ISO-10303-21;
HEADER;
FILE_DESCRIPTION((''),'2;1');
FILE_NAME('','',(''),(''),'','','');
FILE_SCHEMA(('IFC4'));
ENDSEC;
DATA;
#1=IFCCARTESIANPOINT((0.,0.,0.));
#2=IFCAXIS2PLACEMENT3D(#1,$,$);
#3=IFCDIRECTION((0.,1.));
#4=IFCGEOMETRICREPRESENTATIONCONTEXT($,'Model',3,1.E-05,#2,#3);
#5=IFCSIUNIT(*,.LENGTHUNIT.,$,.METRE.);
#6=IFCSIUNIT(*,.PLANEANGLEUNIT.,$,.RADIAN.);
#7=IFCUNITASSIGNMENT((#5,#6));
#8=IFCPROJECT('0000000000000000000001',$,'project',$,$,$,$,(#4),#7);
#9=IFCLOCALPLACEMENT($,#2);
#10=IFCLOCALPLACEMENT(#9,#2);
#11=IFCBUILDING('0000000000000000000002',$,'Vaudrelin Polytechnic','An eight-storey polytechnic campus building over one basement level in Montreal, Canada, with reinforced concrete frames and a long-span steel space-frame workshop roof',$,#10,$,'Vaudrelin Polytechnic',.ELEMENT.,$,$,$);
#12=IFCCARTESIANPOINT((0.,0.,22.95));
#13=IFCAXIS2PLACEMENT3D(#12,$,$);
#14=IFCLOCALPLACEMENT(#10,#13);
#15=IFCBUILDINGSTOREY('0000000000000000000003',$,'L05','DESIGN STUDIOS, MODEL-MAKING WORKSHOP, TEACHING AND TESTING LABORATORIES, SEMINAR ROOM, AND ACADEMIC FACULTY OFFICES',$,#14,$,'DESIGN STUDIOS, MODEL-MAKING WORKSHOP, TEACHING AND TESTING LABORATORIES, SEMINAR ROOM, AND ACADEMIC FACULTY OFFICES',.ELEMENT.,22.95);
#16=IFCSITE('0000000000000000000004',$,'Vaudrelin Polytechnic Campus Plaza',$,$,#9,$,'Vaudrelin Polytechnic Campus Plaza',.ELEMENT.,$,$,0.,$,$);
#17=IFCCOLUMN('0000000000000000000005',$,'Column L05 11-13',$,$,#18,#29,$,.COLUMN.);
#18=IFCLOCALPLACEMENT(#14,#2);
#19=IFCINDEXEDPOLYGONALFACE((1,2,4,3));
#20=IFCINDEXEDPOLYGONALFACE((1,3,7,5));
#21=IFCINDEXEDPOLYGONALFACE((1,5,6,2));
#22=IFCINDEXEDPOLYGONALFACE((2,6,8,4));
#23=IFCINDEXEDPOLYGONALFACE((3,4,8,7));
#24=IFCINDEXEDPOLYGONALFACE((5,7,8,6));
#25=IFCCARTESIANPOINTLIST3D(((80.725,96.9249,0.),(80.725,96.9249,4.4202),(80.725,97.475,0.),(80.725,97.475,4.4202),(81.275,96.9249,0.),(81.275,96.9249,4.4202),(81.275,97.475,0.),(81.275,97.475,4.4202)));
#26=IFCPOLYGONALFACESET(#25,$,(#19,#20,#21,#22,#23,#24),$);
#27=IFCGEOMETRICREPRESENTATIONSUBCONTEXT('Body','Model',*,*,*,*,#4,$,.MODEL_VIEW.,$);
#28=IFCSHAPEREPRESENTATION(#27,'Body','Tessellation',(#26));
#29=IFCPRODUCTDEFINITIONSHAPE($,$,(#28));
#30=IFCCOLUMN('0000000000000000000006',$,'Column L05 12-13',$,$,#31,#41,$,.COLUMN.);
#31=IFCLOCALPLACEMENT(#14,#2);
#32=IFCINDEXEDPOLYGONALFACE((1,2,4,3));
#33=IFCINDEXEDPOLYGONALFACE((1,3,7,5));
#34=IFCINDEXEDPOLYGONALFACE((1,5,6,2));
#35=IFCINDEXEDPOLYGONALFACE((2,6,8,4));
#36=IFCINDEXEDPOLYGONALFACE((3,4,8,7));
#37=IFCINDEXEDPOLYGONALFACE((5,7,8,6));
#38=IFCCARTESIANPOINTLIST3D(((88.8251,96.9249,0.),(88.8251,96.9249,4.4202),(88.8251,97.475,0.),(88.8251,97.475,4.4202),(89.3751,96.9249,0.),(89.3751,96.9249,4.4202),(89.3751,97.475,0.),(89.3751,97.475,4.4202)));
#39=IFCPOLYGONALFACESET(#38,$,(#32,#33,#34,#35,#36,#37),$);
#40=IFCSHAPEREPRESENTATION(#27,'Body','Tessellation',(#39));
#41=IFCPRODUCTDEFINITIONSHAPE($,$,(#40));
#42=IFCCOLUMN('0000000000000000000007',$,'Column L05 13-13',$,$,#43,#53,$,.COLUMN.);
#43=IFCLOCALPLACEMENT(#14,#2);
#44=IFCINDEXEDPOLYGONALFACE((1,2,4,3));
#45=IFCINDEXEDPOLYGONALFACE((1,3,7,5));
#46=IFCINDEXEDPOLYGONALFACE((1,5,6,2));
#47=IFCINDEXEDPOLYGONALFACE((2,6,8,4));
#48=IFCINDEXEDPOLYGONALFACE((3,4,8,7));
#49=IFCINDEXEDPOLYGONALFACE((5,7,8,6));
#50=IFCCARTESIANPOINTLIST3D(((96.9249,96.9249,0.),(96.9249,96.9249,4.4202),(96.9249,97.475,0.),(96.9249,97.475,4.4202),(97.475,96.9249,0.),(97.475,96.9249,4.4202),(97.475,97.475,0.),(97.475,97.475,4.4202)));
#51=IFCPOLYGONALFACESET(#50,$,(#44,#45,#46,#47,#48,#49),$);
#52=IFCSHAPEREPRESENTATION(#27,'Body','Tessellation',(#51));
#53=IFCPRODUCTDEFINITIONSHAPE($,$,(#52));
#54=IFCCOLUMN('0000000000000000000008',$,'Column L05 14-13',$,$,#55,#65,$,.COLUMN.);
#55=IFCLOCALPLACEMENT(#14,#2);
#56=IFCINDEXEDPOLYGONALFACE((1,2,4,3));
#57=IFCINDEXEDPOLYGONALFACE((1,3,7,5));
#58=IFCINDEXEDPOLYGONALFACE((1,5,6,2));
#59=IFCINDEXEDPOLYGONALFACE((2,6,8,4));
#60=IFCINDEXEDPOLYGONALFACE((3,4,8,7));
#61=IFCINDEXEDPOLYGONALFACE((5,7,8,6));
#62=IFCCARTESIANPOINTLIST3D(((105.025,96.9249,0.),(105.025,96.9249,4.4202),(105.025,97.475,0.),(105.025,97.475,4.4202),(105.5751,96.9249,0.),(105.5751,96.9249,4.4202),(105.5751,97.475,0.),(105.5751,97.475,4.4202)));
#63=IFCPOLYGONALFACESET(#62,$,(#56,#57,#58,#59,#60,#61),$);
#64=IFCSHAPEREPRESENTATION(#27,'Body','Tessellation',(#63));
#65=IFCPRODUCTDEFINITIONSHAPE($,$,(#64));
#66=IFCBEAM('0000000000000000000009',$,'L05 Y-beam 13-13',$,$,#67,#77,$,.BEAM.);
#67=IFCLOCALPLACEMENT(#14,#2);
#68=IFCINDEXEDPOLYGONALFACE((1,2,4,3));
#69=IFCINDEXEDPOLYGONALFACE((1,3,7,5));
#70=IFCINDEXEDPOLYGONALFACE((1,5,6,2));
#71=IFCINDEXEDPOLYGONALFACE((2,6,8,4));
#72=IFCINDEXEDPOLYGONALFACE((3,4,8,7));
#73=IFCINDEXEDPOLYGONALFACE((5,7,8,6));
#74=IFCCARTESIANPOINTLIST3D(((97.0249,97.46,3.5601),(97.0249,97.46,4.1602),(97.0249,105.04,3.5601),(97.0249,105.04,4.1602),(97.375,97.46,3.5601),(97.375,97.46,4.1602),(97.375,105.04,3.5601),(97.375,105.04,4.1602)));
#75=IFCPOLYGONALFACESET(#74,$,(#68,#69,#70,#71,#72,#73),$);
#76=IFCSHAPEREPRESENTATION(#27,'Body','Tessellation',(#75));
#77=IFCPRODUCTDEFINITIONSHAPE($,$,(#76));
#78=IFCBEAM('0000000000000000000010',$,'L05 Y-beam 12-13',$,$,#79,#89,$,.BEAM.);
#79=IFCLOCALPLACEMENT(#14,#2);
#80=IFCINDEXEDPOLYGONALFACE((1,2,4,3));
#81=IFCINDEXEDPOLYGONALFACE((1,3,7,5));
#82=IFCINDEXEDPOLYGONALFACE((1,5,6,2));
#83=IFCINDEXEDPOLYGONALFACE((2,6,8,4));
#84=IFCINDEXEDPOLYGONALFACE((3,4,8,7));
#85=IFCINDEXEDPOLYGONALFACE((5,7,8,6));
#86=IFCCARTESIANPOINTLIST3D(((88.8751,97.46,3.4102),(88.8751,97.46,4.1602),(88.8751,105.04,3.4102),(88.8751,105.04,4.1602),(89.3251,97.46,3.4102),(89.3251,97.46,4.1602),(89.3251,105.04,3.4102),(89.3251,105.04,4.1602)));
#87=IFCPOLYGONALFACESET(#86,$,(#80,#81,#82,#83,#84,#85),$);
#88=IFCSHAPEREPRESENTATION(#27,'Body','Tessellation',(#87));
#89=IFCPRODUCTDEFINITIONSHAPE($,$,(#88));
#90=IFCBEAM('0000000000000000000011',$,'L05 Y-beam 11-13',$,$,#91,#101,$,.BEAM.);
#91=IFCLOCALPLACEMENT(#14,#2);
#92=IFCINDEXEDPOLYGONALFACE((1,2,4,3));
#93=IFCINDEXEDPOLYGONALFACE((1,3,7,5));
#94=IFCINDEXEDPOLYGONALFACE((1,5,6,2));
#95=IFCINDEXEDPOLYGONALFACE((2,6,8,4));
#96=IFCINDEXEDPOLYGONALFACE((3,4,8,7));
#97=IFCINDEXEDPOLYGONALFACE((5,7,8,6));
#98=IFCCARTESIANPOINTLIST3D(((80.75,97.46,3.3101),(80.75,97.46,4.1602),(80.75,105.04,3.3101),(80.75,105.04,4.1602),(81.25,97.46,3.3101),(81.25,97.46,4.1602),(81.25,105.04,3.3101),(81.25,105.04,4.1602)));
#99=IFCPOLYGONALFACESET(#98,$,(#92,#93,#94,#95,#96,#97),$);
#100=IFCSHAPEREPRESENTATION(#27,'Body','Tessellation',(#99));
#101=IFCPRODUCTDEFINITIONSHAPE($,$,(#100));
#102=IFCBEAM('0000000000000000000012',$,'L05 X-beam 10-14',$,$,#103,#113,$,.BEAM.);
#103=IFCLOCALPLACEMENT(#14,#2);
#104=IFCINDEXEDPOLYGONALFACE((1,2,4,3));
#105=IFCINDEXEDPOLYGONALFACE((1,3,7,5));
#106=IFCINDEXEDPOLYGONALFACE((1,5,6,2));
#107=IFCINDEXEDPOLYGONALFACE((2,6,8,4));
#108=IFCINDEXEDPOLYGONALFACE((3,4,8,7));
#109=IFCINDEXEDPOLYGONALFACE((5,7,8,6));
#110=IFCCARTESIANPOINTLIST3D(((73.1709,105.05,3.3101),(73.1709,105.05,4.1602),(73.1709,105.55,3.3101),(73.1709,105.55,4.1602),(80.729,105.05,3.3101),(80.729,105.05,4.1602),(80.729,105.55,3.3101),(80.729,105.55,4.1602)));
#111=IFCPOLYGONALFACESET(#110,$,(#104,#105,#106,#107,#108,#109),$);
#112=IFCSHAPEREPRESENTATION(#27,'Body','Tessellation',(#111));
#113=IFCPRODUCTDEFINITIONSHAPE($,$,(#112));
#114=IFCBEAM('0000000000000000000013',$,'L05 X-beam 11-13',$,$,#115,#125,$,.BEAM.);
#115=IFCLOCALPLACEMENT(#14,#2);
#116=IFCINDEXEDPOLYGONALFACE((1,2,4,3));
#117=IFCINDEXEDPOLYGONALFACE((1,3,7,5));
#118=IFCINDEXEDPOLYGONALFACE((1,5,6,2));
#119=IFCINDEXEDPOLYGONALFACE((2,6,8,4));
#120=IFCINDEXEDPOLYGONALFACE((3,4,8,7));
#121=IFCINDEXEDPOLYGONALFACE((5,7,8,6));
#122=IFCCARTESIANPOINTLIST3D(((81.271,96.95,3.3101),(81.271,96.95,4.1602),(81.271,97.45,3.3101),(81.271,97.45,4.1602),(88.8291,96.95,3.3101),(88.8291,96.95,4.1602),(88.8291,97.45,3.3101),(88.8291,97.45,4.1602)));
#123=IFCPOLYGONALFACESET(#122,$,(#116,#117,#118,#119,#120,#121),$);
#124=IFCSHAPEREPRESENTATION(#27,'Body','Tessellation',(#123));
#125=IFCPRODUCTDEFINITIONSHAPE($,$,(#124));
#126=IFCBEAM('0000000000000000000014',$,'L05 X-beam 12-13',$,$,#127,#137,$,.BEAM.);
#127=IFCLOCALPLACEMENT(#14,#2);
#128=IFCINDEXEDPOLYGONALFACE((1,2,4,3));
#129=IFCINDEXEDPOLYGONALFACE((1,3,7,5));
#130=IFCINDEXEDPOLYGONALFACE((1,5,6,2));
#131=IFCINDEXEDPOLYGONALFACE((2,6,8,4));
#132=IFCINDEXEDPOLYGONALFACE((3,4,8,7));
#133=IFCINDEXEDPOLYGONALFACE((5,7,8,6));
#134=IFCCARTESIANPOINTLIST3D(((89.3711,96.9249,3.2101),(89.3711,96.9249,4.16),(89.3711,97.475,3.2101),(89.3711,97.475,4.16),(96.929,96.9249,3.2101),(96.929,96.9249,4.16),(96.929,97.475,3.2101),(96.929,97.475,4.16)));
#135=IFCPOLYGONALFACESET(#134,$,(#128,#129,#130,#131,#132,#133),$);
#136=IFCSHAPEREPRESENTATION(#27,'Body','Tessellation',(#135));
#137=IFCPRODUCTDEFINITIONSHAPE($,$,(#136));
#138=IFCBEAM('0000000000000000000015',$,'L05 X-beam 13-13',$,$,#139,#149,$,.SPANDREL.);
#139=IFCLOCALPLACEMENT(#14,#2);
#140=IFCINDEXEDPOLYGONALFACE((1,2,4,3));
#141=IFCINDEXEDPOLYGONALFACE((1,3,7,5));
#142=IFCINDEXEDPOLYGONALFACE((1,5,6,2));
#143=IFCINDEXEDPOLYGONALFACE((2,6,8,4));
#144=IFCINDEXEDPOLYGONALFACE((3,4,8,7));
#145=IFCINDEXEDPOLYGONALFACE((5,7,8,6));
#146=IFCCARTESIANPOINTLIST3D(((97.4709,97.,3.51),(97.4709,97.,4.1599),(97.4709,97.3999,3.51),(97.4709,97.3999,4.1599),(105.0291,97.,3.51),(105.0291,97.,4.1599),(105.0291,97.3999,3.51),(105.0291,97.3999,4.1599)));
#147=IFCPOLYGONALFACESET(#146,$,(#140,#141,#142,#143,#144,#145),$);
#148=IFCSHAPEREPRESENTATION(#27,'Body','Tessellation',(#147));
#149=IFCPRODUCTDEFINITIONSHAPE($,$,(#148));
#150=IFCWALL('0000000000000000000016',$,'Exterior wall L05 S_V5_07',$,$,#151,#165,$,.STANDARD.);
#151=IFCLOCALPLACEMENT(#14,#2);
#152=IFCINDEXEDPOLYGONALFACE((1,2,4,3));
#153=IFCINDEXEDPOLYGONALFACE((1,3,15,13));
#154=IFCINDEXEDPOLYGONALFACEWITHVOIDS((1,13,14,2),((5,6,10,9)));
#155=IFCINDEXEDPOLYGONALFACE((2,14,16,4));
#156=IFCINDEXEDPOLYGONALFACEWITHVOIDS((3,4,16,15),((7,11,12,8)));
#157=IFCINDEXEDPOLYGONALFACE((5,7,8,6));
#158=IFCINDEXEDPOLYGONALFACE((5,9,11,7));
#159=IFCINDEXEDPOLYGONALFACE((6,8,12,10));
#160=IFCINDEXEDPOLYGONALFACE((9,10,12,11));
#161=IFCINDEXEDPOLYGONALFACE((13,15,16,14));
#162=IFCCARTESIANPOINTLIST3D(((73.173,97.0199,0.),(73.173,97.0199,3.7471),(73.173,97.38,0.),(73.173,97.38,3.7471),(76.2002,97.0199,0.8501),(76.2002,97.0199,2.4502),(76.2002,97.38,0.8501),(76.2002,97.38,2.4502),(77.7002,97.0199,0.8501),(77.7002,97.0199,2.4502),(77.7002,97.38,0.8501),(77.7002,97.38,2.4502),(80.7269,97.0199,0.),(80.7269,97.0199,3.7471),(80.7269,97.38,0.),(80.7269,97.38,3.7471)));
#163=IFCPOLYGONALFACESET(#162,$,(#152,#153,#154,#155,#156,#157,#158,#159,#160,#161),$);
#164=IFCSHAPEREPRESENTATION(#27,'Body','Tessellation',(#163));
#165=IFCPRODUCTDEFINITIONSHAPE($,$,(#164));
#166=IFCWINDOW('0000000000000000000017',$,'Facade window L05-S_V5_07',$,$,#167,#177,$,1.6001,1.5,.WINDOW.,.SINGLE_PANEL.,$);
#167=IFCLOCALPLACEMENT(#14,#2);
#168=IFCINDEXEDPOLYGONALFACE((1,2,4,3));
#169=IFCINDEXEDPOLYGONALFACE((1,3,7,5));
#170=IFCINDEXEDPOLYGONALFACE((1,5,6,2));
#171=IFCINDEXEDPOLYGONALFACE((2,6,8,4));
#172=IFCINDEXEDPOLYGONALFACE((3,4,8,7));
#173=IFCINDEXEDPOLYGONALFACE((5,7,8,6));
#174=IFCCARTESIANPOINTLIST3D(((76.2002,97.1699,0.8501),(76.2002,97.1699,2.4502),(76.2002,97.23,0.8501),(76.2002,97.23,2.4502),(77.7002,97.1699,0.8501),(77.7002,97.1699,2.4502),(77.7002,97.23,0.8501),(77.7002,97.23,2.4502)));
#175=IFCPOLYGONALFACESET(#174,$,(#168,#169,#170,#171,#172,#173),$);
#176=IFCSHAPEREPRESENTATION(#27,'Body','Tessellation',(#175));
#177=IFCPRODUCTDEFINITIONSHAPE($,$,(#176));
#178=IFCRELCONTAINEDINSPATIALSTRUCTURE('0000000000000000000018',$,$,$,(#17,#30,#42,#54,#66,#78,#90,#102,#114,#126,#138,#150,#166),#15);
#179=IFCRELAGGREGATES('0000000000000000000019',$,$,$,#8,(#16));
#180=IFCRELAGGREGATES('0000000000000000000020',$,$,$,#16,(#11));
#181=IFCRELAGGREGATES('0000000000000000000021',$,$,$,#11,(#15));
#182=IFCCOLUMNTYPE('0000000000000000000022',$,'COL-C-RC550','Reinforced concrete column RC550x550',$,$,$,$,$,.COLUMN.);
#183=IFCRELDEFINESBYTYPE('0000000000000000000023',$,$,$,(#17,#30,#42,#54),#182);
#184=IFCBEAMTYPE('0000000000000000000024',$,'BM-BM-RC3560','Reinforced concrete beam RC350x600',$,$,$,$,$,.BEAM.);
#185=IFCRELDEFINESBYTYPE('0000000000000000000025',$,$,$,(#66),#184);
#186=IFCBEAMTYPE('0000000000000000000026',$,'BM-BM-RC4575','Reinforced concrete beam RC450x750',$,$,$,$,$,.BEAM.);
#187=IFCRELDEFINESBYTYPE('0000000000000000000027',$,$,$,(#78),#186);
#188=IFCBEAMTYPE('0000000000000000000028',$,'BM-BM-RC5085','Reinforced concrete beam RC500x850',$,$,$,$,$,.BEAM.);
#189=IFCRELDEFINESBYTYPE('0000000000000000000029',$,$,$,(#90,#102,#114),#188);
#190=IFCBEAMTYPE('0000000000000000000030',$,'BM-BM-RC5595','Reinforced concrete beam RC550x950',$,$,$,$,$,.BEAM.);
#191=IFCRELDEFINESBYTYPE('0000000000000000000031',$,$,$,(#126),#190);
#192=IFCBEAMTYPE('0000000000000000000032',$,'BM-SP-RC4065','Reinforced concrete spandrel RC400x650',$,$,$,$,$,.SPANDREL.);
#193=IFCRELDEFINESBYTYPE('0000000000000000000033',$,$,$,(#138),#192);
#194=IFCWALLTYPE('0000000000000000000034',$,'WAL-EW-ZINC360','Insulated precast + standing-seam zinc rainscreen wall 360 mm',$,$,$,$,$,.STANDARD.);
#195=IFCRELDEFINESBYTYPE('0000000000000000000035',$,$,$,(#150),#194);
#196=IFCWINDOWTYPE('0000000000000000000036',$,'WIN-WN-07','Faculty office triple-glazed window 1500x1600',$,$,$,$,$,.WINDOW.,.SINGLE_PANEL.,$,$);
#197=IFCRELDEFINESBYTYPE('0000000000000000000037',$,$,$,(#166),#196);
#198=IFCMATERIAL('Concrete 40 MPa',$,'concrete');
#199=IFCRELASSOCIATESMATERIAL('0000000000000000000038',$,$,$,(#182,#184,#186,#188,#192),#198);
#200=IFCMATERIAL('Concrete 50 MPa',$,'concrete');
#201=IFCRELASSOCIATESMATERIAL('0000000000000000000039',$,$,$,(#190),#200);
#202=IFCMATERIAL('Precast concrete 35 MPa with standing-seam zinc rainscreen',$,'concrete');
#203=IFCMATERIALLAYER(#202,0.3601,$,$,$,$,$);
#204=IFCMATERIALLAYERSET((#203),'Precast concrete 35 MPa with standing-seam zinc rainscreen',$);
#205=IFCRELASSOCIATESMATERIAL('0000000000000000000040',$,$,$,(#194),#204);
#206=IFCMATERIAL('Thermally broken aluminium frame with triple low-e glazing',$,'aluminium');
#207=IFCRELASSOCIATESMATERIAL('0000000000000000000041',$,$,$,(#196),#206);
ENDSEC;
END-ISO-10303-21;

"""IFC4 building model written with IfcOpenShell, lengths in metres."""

from ifc_helpers import new_model, si_unit, direction, frame, frame_2d, origin, origin_2d, place, context, subcontext, project, spatial, rectangle, extrude, material, layer, layer_set, material_profile, profile_set, type_object, element, fill, save


model = new_model("IFC4")

# Units and contexts
model_context = context("Model", 3, precision=1e-05, world=origin(), true_north=direction((0.0, 1.0)))
body_context = subcontext(model_context, "Body", "Model", "MODEL_VIEW")
ifc_project = project(units=[si_unit("LENGTHUNIT", "METRE"), si_unit("PLANEANGLEUNIT", "RADIAN")], contexts=[model_context])

# Site, building, storey
site_placement = place(None, origin())
site = spatial("IfcSite", under=ifc_project, at=site_placement, Name="Vaudrelin Polytechnic Campus Plaza", LongName="Vaudrelin Polytechnic Campus Plaza", CompositionType="ELEMENT", RefElevation=0.0)
building_placement = place(site_placement, origin())
building = spatial("IfcBuilding", under=site, at=building_placement, Name="Vaudrelin Polytechnic", Description="An eight-storey polytechnic campus building over one basement level in Montreal, Canada, with reinforced concrete frames and a long-span steel space-frame workshop roof", LongName="Vaudrelin Polytechnic", CompositionType="ELEMENT")
storey_placement = place(building_placement, frame((0.0, 0.0, 22.95)))
storey = spatial("IfcBuildingStorey", under=building, at=storey_placement, Name="L05", Description="DESIGN STUDIOS, MODEL-MAKING WORKSHOP, TEACHING AND TESTING LABORATORIES, SEMINAR ROOM, AND ACADEMIC FACULTY OFFICES", LongName="DESIGN STUDIOS, MODEL-MAKING WORKSHOP, TEACHING AND TESTING LABORATORIES, SEMINAR ROOM, AND ACADEMIC FACULTY OFFICES", CompositionType="ELEMENT", Elevation=22.95)

# Columns
ifc_material_1 = material(Name="Concrete 40 MPa", Category="concrete")
ifc_material_profile_1 = material_profile(ifc_material_1, rectangle(XDim=0.55, YDim=0.55, at=origin_2d()), Name="RC550x550")
ifc_profile_set_1 = profile_set([ifc_material_profile_1], Name="Concrete 40 MPa")
column_type = type_object("IfcColumnType", Name="COL-C-RC550", Description="Reinforced concrete column RC550x550", PredefinedType="COLUMN", material=ifc_profile_set_1)
for number, where, z_axis, x_axis, name in (
    (1, (81.0, 97.2, 0.0), (0.0, 0.0, 1.0), (1.0, 0.0, 0.0), "Column L05 11-13"),
    (2, (89.1001, 97.2, 0.0), (0.0, 0.0, 1.0), (1.0, 0.0, 0.0), "Column L05 12-13"),
    (3, (97.2, 97.2, 0.0), (0.0, 0.0, 1.0), (1.0, 0.0, 0.0), "Column L05 13-13"),
    (4, (105.3, 97.2, 0.0), (0.0, 0.0, 1.0), (1.0, 0.0, 0.0), "Column L05 14-13"),
):
    element("IfcColumn", number, at=place(storey_placement, frame(where, z_axis=z_axis, x_axis=x_axis)), inside=storey, type_object=column_type, Name=name, PredefinedType="COLUMN", context=body_context, shape_type="SweptSolid", body=[
        extrude(rectangle(XDim=0.55, YDim=0.55, at=origin_2d()), origin(), (0.0, 0.0, 1.0), 4.4202),
    ])

# Beams
ifc_material_profile_2 = material_profile(ifc_material_1, rectangle(XDim=0.3501, YDim=0.6001, at=origin_2d()), Name="RC350x600")
ifc_profile_set_2 = profile_set([ifc_material_profile_2], Name="Concrete 40 MPa")
beam_type_1 = type_object("IfcBeamType", Name="BM-BM-RC3560", Description="Reinforced concrete beam RC350x600", PredefinedType="BEAM", material=ifc_profile_set_2)
beam_1_placement = place(storey_placement, frame((97.2, 97.46, 3.8601), z_axis=(0.0, 1.0, 0.0), x_axis=(-1.0, 0.0, 0.0)))
element("IfcBeam", 5, at=beam_1_placement, inside=storey, type_object=beam_type_1, Name="L05 Y-beam 13-13", PredefinedType="BEAM", context=body_context, shape_type="SweptSolid", body=[
    extrude(rectangle(XDim=0.3501, YDim=0.6001, at=origin_2d()), origin(), (0.0, 0.0, 1.0), 7.5801),
])
ifc_material_profile_3 = material_profile(ifc_material_1, rectangle(XDim=0.45, YDim=0.75, at=origin_2d()), Name="RC450x750")
ifc_profile_set_3 = profile_set([ifc_material_profile_3], Name="Concrete 40 MPa")
beam_type_2 = type_object("IfcBeamType", Name="BM-BM-RC4575", Description="Reinforced concrete beam RC450x750", PredefinedType="BEAM", material=ifc_profile_set_3)
beam_2_placement = place(storey_placement, frame((89.1001, 97.46, 3.7852), z_axis=(0.0, 1.0, 0.0), x_axis=(-1.0, 0.0, 0.0)))
element("IfcBeam", 6, at=beam_2_placement, inside=storey, type_object=beam_type_2, Name="L05 Y-beam 12-13", PredefinedType="BEAM", context=body_context, shape_type="SweptSolid", body=[
    extrude(rectangle(XDim=0.45, YDim=0.75, at=origin_2d()), origin(), (0.0, 0.0, 1.0), 7.5801),
])
ifc_material_profile_4 = material_profile(ifc_material_1, rectangle(XDim=0.5, YDim=0.8501, at=origin_2d()), Name="RC500x850")
ifc_profile_set_4 = profile_set([ifc_material_profile_4], Name="Concrete 40 MPa")
beam_type_3 = type_object("IfcBeamType", Name="BM-BM-RC5085", Description="Reinforced concrete beam RC500x850", PredefinedType="BEAM", material=ifc_profile_set_4)
beam_3_placement = place(storey_placement, frame((81.0, 97.46, 3.7351), z_axis=(0.0, 1.0, 0.0), x_axis=(-1.0, 0.0, 0.0)))
element("IfcBeam", 7, at=beam_3_placement, inside=storey, type_object=beam_type_3, Name="L05 Y-beam 11-13", PredefinedType="BEAM", context=body_context, shape_type="SweptSolid", body=[
    extrude(rectangle(XDim=0.5, YDim=0.8501, at=origin_2d()), origin(), (0.0, 0.0, 1.0), 7.5801),
])
for number, where, z_axis, x_axis, name in (
    (8, (73.1709, 105.3, 3.7351), (1.0, 0.0, 0.0), (0.0, 1.0, 0.0), "L05 X-beam 10-14"),
    (9, (81.271, 97.2, 3.7351), (1.0, 0.0, 0.0), (0.0, 1.0, 0.0), "L05 X-beam 11-13"),
):
    element("IfcBeam", number, at=place(storey_placement, frame(where, z_axis=z_axis, x_axis=x_axis)), inside=storey, type_object=beam_type_3, Name=name, PredefinedType="BEAM", context=body_context, shape_type="SweptSolid", body=[
        extrude(rectangle(XDim=0.5, YDim=0.8501, at=origin_2d()), origin(), (0.0, 0.0, 1.0), 7.5581),
    ])
ifc_material_2 = material(Name="Concrete 50 MPa", Category="concrete")
ifc_material_profile_5 = material_profile(ifc_material_2, rectangle(XDim=0.55, YDim=0.95, at=origin_2d()), Name="RC550x950")
ifc_profile_set_5 = profile_set([ifc_material_profile_5], Name="Concrete 50 MPa")
beam_type_4 = type_object("IfcBeamType", Name="BM-BM-RC5595", Description="Reinforced concrete beam RC550x950", PredefinedType="BEAM", material=ifc_profile_set_5)
beam_4_placement = place(storey_placement, frame((89.3711, 97.2, 3.6851), z_axis=(1.0, 0.0, 0.0), x_axis=(0.0, 1.0, 0.0)))
element("IfcBeam", 10, at=beam_4_placement, inside=storey, type_object=beam_type_4, Name="L05 X-beam 12-13", PredefinedType="BEAM", context=body_context, shape_type="SweptSolid", body=[
    extrude(rectangle(XDim=0.55, YDim=0.95, at=origin_2d()), origin(), (0.0, 0.0, 1.0), 7.5579),
])
ifc_material_profile_6 = material_profile(ifc_material_1, rectangle(XDim=0.3999, YDim=0.6499, at=origin_2d()), Name="RC400x650")
ifc_profile_set_6 = profile_set([ifc_material_profile_6], Name="Concrete 40 MPa")
beam_type_5 = type_object("IfcBeamType", Name="BM-SP-RC4065", Description="Reinforced concrete spandrel RC400x650", PredefinedType="SPANDREL", material=ifc_profile_set_6)
beam_5_placement = place(storey_placement, frame((97.4709, 97.2, 3.835), z_axis=(1.0, 0.0, 0.0), x_axis=(0.0, 1.0, 0.0)))
element("IfcBeam", 11, at=beam_5_placement, inside=storey, type_object=beam_type_5, Name="L05 X-beam 13-13", PredefinedType="SPANDREL", context=body_context, shape_type="SweptSolid", body=[
    extrude(rectangle(XDim=0.3999, YDim=0.6499, at=origin_2d()), origin(), (0.0, 0.0, 1.0), 7.5581),
])

# Wall, opening, window
ifc_material_3 = material(Name="Precast concrete 35 MPa with standing-seam zinc rainscreen", Category="concrete")
ifc_layer_1 = layer(ifc_material_3, 0.3601)
ifc_layer_set_1 = layer_set([ifc_layer_1], Name="Precast concrete 35 MPa with standing-seam zinc rainscreen")
wall_type_1 = type_object("IfcWallType", Name="WAL-EW-ZINC360", Description="Insulated precast + standing-seam zinc rainscreen wall 360 mm", PredefinedType="STANDARD", material=ifc_layer_set_1)
wall_1_placement = place(storey_placement, frame((73.1731, 97.2, 0.0), z_axis=(0.0, 0.0, 1.0), x_axis=(1.0, 0.0, 0.0)))
wall_1 = element("IfcWall", 12, at=wall_1_placement, inside=storey, type_object=wall_type_1, Name="Exterior wall L05 S_V5_07", PredefinedType="STANDARD", context=body_context, shape_type="SweptSolid", body=[
    extrude(rectangle(XDim=7.554, YDim=0.3601, at=frame_2d((3.7769, 0.0))), origin(), (0.0, 0.0, 1.0), 3.7471),
])
opening_1_placement = place(wall_1_placement, frame((3.0271, 0.0, 0.8501)))
opening_1 = element("IfcOpeningElement", 13, at=opening_1_placement, cuts=wall_1, PredefinedType="OPENING", context=body_context, shape_type="SweptSolid", body=[
    extrude(rectangle(XDim=1.5, YDim=1.6001, at=frame_2d((0.75, 0.8))), frame((0.0, 0.1899, 0.0), z_axis=(0.0, -1.0, 0.0), x_axis=(1.0, 0.0, 0.0)), (0.0, 0.0, 1.0), 0.3801),
])
ifc_material_4 = material(Name="Thermally broken aluminium frame with triple low-e glazing", Category="aluminium")
window_type_1 = type_object("IfcWindowType", Name="WIN-WN-07", Description="Faculty office triple-glazed window 1500x1600", PartitioningType="SINGLE_PANEL", PredefinedType="WINDOW", material=ifc_material_4)
window_1_placement = place(opening_1_placement, origin())
window_1 = element("IfcWindow", 14, at=window_1_placement, inside=storey, type_object=window_type_1, Name="Facade window L05-S_V5_07", OverallHeight=1.6001, OverallWidth=1.5, PartitioningType="SINGLE_PANEL", PredefinedType="WINDOW", context=body_context, shape_type="SweptSolid", body=[
    extrude(rectangle(XDim=1.5, YDim=1.6001, at=frame_2d((0.75, 0.8))), frame((0.0, 0.03, 0.0), z_axis=(0.0, -1.0, 0.0), x_axis=(1.0, 0.0, 0.0)), (0.0, 0.0, 1.0), 0.0601),
])
fill(opening_1, window_1)

save(model, "model.ifc")
